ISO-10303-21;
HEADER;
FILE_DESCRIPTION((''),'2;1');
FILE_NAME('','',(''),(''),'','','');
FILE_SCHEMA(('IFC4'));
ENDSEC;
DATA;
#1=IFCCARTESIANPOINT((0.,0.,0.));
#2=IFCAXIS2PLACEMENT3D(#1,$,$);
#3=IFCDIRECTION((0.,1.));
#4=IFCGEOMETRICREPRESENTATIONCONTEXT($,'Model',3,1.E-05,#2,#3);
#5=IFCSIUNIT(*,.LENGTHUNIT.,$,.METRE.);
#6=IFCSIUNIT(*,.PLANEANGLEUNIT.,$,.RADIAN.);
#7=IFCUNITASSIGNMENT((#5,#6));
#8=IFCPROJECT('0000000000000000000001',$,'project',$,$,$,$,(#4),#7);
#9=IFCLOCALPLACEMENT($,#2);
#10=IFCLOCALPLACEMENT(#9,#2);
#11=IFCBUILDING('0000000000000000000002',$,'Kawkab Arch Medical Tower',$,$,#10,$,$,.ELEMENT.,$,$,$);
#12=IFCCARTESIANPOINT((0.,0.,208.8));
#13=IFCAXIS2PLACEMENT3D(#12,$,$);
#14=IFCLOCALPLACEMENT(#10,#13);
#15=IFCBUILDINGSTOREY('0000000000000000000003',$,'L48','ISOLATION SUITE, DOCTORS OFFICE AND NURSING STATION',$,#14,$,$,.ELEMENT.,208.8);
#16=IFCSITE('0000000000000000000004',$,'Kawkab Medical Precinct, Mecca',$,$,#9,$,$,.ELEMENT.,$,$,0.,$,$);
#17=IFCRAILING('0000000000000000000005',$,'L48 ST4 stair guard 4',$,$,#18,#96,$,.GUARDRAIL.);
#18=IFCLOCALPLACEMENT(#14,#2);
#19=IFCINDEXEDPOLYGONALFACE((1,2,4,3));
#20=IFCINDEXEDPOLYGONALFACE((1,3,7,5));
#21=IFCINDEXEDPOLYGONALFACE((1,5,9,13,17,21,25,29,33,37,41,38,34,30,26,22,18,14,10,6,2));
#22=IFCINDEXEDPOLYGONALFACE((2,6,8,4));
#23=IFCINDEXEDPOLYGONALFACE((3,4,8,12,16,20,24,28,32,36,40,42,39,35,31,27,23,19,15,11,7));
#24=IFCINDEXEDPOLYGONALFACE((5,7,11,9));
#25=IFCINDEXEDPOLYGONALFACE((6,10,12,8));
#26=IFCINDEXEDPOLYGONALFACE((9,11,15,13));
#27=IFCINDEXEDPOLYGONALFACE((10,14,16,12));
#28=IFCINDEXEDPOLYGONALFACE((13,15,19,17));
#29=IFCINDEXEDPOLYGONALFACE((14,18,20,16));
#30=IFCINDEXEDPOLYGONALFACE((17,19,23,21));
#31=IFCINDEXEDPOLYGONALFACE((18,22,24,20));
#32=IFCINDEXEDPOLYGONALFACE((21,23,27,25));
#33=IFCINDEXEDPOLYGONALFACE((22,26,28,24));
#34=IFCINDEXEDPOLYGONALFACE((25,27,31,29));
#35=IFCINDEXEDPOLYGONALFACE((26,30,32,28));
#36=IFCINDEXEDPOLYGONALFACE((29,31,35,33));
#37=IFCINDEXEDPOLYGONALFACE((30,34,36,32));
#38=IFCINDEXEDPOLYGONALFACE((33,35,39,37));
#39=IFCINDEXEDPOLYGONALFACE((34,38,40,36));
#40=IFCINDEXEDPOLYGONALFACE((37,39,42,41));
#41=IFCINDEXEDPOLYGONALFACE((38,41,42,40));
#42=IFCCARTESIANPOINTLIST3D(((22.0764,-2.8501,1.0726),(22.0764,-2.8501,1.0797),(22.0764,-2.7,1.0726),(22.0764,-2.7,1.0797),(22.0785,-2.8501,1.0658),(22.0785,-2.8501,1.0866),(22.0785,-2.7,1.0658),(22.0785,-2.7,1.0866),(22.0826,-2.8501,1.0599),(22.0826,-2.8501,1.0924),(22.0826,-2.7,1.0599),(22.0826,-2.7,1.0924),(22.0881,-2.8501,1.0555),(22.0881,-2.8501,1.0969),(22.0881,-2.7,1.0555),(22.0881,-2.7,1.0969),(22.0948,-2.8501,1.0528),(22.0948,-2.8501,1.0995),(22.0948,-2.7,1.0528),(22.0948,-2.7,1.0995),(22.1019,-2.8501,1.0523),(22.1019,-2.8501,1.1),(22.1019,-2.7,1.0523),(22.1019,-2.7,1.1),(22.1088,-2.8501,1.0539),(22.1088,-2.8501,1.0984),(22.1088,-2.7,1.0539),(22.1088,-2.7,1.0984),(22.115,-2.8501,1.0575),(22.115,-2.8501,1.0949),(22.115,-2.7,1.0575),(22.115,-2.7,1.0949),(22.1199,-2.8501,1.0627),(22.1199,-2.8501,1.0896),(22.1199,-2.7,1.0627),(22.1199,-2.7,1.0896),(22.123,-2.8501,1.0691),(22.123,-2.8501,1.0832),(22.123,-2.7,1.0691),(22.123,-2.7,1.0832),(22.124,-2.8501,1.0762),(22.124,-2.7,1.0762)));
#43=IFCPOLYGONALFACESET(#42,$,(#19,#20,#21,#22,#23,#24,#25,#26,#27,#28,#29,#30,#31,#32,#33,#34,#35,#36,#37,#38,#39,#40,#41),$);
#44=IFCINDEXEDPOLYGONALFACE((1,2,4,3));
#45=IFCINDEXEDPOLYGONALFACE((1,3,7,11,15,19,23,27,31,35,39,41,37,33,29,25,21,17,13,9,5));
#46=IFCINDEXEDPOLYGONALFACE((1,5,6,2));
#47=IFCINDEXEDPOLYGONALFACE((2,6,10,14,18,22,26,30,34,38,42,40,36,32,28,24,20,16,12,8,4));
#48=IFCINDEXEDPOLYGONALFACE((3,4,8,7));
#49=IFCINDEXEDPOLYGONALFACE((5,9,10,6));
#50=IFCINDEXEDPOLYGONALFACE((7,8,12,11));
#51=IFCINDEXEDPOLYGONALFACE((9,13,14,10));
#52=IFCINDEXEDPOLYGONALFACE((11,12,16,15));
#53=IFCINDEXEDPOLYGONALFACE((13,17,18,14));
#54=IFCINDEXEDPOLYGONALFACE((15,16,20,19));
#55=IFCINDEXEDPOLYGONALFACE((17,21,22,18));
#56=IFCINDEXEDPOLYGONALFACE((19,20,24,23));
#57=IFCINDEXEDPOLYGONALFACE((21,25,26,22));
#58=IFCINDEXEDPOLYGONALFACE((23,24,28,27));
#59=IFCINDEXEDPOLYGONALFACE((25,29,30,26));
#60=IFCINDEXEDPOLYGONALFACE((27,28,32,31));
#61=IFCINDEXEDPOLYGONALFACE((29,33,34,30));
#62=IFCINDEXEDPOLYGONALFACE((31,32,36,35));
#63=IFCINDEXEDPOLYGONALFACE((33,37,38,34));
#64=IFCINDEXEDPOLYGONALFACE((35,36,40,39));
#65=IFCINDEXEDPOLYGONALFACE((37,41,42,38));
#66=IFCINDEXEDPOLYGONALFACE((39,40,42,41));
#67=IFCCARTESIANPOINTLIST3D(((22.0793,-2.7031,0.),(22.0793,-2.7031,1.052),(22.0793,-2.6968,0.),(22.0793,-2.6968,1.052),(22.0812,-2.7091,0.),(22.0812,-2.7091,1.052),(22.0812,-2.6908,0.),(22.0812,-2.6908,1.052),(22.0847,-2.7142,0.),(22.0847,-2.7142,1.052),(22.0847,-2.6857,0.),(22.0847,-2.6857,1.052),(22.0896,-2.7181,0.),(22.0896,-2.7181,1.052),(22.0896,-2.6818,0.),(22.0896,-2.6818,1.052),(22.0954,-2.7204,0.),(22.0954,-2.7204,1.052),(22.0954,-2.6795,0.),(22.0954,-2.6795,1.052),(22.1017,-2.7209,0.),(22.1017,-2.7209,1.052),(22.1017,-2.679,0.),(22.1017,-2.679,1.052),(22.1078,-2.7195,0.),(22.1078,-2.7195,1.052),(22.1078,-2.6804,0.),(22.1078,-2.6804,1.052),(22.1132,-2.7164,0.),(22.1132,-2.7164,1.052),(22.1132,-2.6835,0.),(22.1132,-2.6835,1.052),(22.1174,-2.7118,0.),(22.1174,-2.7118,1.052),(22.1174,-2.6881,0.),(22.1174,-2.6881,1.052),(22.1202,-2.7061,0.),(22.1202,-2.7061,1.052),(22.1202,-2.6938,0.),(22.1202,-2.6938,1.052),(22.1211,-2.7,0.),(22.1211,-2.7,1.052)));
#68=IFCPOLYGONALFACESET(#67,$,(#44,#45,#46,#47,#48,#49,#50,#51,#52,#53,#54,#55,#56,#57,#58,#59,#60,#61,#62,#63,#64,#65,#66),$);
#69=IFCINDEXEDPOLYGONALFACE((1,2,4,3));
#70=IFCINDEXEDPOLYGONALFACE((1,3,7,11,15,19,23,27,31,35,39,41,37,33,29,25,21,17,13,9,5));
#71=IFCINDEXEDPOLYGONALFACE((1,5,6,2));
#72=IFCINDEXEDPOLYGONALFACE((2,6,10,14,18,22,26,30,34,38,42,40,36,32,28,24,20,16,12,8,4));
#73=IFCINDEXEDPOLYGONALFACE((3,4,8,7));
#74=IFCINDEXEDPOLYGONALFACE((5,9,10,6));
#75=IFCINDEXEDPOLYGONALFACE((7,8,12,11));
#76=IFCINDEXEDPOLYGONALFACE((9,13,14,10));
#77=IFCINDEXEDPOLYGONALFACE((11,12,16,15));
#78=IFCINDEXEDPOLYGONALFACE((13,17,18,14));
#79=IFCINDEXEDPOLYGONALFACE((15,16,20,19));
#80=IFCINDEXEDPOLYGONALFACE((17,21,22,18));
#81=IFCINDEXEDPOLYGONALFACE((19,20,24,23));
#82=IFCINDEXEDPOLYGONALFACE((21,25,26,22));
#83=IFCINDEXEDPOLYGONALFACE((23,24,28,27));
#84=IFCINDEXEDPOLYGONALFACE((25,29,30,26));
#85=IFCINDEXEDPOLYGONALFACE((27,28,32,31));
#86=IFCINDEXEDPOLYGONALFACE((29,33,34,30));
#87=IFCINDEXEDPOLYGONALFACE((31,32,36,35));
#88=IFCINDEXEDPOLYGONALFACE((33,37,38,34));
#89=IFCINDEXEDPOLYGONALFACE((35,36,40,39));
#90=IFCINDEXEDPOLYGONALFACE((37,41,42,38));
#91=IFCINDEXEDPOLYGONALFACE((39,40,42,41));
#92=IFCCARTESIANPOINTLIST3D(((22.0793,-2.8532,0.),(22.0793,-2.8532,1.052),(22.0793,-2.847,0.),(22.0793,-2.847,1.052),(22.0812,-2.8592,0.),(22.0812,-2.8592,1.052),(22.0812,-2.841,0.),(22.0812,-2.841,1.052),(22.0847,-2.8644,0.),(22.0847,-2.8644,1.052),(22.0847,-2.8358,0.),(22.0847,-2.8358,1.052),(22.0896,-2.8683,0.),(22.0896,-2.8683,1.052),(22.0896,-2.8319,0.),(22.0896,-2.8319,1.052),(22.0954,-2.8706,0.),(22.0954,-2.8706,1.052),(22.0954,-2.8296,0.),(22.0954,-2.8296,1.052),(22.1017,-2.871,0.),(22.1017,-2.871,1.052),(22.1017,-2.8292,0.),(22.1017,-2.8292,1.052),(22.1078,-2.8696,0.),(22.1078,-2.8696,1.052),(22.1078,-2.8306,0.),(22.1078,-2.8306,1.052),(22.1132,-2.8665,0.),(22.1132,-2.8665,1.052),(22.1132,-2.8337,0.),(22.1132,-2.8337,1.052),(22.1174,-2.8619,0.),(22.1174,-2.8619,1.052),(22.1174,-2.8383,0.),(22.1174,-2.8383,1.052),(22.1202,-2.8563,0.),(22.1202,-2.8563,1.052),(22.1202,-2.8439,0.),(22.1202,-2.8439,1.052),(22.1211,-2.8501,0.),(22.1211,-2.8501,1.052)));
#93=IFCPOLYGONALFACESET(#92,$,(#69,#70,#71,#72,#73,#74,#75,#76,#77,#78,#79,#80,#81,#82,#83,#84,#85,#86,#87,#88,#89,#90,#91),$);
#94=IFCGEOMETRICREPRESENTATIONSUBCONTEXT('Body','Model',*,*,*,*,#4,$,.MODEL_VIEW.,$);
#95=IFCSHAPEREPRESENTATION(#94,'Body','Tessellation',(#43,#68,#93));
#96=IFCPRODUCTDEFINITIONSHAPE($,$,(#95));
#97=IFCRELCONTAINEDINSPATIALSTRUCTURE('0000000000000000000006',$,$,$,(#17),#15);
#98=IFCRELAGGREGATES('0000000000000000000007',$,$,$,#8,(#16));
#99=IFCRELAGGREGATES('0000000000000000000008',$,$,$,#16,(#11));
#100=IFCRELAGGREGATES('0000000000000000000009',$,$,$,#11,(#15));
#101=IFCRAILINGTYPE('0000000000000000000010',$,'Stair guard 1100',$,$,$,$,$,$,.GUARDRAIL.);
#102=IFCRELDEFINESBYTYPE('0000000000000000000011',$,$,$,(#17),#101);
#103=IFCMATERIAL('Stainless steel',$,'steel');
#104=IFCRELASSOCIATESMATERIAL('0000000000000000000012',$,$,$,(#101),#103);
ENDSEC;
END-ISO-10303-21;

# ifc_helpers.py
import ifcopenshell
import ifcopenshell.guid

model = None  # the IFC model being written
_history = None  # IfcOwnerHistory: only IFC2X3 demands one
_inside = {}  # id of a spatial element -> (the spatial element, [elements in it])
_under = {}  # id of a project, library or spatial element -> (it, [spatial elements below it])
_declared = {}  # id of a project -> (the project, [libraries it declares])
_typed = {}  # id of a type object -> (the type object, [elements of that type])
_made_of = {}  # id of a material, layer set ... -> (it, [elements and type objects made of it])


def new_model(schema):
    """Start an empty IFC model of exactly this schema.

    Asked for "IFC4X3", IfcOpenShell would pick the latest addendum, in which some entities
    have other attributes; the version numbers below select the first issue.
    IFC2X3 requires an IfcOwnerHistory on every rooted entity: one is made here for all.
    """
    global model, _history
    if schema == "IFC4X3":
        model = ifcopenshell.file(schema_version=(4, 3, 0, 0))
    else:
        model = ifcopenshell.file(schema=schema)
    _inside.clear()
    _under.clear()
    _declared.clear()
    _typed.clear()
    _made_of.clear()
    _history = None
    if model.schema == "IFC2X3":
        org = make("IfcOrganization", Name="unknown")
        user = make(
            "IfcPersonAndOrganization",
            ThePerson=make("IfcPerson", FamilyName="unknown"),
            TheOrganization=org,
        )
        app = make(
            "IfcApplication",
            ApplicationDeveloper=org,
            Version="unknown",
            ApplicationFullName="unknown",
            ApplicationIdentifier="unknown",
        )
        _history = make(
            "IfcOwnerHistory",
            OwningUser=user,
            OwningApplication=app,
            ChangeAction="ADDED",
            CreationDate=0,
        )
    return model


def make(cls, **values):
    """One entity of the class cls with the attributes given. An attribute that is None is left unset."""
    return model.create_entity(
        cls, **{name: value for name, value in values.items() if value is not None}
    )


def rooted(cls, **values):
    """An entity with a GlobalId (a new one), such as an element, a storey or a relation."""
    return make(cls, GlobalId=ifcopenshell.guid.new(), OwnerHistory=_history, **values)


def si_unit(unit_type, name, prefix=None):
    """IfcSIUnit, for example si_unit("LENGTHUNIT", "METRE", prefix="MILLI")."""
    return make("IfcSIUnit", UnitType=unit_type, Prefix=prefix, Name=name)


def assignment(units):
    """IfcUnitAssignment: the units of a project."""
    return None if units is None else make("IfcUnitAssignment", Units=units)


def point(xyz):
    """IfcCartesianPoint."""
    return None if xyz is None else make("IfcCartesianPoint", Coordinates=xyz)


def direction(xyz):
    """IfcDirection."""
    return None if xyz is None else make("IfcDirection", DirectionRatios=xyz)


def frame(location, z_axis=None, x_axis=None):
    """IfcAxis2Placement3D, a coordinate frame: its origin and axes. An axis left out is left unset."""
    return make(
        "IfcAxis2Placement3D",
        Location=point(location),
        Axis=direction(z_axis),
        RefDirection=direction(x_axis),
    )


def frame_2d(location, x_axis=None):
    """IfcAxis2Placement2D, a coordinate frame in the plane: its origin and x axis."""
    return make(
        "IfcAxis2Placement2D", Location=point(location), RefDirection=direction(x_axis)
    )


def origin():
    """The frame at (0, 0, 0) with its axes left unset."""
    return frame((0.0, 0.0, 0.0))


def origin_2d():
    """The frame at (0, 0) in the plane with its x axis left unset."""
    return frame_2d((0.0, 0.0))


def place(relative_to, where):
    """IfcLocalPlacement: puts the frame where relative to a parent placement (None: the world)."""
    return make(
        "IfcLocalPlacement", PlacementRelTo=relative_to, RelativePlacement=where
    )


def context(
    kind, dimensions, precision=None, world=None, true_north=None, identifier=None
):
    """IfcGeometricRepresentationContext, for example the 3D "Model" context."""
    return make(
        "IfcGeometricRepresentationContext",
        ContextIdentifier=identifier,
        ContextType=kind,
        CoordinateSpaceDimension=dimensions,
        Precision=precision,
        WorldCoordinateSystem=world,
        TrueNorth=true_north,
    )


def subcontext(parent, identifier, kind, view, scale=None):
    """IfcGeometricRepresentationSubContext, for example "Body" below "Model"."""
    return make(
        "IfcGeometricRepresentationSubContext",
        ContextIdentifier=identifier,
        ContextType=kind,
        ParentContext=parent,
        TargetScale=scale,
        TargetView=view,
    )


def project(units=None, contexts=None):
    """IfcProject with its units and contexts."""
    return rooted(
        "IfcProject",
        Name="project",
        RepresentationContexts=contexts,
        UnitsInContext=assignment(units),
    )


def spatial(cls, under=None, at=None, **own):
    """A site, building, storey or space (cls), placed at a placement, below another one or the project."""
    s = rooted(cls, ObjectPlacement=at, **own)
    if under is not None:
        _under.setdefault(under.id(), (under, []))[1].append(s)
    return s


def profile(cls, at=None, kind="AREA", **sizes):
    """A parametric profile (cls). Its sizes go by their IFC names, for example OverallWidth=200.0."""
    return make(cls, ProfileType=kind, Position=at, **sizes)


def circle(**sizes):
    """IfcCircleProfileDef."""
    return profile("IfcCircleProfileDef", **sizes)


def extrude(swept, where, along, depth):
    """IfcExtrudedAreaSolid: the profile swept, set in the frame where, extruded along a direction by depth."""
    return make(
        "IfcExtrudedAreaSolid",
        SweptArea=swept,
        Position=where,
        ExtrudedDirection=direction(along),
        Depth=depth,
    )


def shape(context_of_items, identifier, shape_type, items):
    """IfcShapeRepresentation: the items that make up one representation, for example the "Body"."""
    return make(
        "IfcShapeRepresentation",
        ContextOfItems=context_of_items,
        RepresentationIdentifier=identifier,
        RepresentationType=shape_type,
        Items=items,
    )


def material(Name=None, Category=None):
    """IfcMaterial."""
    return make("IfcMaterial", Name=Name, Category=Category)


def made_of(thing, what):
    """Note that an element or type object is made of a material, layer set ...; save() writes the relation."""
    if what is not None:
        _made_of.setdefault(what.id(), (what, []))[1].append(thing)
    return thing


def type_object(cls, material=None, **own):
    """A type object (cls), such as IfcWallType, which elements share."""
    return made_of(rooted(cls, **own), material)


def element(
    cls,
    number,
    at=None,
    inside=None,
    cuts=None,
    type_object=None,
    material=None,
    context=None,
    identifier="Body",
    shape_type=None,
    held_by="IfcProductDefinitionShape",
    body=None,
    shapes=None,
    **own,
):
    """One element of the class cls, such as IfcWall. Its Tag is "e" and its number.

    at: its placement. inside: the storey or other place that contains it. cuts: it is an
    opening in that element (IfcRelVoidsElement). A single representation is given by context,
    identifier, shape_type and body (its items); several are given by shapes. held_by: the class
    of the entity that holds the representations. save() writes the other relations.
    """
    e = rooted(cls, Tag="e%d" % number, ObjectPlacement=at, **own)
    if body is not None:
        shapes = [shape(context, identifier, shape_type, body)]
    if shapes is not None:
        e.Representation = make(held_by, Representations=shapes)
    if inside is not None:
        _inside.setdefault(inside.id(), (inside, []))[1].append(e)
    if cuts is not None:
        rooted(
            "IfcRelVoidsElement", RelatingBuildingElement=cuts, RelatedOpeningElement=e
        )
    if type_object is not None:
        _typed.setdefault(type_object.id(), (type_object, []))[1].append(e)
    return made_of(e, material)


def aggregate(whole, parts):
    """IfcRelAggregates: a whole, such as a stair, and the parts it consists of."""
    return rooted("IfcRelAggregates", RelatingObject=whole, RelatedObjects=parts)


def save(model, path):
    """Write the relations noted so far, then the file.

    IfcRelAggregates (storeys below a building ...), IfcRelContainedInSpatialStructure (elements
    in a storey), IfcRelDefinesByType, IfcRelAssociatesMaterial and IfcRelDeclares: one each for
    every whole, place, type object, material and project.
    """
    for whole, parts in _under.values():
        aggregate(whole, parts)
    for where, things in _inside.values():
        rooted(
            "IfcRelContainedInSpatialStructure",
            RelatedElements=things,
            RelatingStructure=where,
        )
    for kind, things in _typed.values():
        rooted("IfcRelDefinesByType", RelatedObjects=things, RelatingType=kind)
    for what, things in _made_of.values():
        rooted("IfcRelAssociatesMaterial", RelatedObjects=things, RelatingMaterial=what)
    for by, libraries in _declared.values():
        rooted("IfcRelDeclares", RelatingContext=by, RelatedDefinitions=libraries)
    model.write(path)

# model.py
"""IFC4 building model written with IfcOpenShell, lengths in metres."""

from ifc_helpers import new_model, si_unit, direction, frame, origin, origin_2d, place, context, subcontext, project, spatial, circle, extrude, material, type_object, element, save


model = new_model("IFC4")

# Units and contexts
model_context = context("Model", 3, precision=1e-05, world=origin(), true_north=direction((0.0, 1.0)))
body_context = subcontext(model_context, "Body", "Model", "MODEL_VIEW")
ifc_project = project(units=[si_unit("LENGTHUNIT", "METRE"), si_unit("PLANEANGLEUNIT", "RADIAN")], contexts=[model_context])

# Site, building, storey
site_placement = place(None, origin())
site = spatial("IfcSite", under=ifc_project, at=site_placement, Name="Kawkab Medical Precinct, Mecca", CompositionType="ELEMENT", RefElevation=0.0)
building_placement = place(site_placement, origin())
building = spatial("IfcBuilding", under=site, at=building_placement, Name="Kawkab Arch Medical Tower", CompositionType="ELEMENT")
storey_placement = place(building_placement, frame((0.0, 0.0, 208.8)))
storey = spatial("IfcBuildingStorey", under=building, at=storey_placement, Name="L48", Description="ISOLATION SUITE, DOCTORS OFFICE AND NURSING STATION", CompositionType="ELEMENT", Elevation=208.8)

# Railing
ifc_material_1 = material(Name="Stainless steel", Category="steel")
railing_type_1 = type_object("IfcRailingType", Name="Stair guard 1100", PredefinedType="GUARDRAIL", material=ifc_material_1)
railing_1_placement = place(storey_placement, frame((22.1001, -2.7, 0.0)))
element("IfcRailing", 1, at=railing_1_placement, inside=storey, type_object=railing_type_1, Name="L48 ST4 stair guard 4", PredefinedType="GUARDRAIL", context=body_context, shape_type="SweptSolid", body=[
    extrude(circle(Radius=0.0239, at=origin_2d()), frame((0.0, 0.0, 1.0762), z_axis=(0.0, -1.0, 0.0), x_axis=(1.0, 0.0, 0.0)), (0.0, 0.0, 1.0), 0.1501),
    extrude(circle(Radius=0.021, at=origin_2d()), origin(), (0.0, 0.0, 1.0), 1.052),
    extrude(circle(Radius=0.021, at=origin_2d()), frame((0.0, -0.1501, 0.0)), (0.0, 0.0, 1.0), 1.052),
])

save(model, "model.ifc")
